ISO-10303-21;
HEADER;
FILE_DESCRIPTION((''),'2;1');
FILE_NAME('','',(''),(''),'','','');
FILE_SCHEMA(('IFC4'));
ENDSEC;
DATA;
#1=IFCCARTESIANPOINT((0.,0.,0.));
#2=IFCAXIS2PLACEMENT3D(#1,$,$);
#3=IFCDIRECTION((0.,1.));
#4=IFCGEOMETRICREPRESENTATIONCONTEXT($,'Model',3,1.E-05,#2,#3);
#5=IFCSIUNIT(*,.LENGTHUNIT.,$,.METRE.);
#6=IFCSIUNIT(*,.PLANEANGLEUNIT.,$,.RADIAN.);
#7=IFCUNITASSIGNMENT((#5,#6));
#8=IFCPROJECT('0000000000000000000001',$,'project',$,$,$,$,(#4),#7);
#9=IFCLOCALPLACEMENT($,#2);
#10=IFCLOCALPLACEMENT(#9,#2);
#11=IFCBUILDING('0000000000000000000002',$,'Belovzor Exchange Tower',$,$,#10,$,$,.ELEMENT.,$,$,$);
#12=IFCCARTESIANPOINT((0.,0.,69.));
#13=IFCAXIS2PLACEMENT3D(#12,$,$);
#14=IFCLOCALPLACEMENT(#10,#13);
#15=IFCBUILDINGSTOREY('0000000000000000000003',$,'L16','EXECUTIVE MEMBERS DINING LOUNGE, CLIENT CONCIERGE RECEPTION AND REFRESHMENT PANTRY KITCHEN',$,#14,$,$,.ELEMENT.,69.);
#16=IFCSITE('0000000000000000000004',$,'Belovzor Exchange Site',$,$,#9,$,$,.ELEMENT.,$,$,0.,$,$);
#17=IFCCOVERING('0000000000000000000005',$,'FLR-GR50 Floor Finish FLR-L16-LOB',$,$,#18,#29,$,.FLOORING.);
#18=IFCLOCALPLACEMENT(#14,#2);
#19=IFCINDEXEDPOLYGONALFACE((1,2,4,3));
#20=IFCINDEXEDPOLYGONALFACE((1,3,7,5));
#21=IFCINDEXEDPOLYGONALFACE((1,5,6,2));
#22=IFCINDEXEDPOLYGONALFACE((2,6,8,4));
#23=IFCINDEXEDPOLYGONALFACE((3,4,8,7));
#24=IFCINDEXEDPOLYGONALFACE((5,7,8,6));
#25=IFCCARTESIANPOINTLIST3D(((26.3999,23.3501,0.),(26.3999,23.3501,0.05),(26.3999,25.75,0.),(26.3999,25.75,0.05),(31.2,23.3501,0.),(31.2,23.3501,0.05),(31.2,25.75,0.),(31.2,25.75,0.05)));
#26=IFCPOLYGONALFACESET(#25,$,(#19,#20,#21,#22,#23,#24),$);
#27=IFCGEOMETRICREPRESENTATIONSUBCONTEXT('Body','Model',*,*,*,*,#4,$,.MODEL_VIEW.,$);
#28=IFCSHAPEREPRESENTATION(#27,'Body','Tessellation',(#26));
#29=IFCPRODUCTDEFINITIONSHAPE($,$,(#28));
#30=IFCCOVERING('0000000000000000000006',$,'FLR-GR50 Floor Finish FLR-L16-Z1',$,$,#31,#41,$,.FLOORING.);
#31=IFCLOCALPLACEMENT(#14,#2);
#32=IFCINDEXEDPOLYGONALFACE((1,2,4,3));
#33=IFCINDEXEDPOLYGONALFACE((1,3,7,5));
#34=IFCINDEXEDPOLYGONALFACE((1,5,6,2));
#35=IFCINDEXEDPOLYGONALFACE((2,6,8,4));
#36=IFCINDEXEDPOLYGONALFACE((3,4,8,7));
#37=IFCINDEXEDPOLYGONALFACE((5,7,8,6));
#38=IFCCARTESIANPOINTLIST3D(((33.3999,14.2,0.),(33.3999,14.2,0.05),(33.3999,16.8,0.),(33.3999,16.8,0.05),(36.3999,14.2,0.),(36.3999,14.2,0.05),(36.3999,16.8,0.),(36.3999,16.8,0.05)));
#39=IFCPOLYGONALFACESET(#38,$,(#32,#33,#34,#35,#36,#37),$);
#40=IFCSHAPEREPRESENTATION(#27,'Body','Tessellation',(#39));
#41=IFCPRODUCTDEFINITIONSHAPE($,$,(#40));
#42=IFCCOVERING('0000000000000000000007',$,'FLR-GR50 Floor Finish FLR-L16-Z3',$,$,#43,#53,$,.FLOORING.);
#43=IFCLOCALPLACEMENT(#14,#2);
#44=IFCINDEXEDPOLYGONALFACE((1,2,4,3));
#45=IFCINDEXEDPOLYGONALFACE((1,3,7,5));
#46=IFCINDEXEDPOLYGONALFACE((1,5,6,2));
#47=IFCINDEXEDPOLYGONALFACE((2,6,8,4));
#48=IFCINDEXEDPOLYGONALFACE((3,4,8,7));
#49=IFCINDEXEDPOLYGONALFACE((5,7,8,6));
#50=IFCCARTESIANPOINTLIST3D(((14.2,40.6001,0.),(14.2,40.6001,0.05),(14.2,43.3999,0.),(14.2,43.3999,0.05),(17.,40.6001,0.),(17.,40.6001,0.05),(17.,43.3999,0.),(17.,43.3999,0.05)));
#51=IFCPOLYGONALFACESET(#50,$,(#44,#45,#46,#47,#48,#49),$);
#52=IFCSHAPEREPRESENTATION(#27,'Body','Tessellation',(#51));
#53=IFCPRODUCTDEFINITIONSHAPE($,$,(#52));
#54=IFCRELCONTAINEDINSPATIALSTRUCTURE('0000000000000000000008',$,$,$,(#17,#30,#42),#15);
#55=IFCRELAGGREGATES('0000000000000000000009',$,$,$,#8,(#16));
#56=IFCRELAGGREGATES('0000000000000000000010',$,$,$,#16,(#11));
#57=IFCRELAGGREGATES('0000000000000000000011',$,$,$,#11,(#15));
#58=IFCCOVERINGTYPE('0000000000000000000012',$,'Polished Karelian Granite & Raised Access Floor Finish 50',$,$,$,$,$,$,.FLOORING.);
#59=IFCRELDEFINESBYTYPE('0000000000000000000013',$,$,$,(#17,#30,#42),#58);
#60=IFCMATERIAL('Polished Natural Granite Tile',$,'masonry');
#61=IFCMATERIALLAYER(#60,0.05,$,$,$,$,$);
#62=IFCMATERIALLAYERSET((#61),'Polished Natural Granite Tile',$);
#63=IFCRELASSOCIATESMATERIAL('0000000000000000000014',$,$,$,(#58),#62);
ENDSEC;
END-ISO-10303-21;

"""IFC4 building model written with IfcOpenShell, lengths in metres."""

from ifc_helpers import new_model, si_unit, direction, frame, origin, place, context, subcontext, project, spatial, polyline, outline, extrude, material, layer, layer_set, type_object, element, save


model = new_model("IFC4")

# Units and contexts
model_context = context("Model", 3, precision=1e-05, world=origin(), true_north=direction((0.0, 1.0)))
body_context = subcontext(model_context, "Body", "Model", "MODEL_VIEW")
ifc_project = project(units=[si_unit("LENGTHUNIT", "METRE"), si_unit("PLANEANGLEUNIT", "RADIAN")], contexts=[model_context])

# Site, building, storey
site_placement = place(None, origin())
site = spatial("IfcSite", under=ifc_project, at=site_placement, Name="Belovzor Exchange Site", CompositionType="ELEMENT", RefElevation=0.0)
building_placement = place(site_placement, origin())
building = spatial("IfcBuilding", under=site, at=building_placement, Name="Belovzor Exchange Tower", CompositionType="ELEMENT")
storey_placement = place(building_placement, frame((0.0, 0.0, 69.0)))
storey = spatial("IfcBuildingStorey", under=building, at=storey_placement, Name="L16", Description="EXECUTIVE MEMBERS DINING LOUNGE, CLIENT CONCIERGE RECEPTION AND REFRESHMENT PANTRY KITCHEN", CompositionType="ELEMENT", Elevation=69.0)

# Coverings
ifc_material_1 = material(Name="Polished Natural Granite Tile", Category="masonry")
ifc_layer_1 = layer(ifc_material_1, 0.05)
ifc_layer_set_1 = layer_set([ifc_layer_1], Name="Polished Natural Granite Tile")
covering_type_1 = type_object("IfcCoveringType", Name="Polished Karelian Granite & Raised Access Floor Finish 50", PredefinedType="FLOORING", material=ifc_layer_set_1)
covering_1_placement = place(storey_placement, origin())
element("IfcCovering", 1, at=covering_1_placement, inside=storey, type_object=covering_type_1, Name="FLR-GR50 Floor Finish FLR-L16-LOB", PredefinedType="FLOORING", context=body_context, shape_type="SweptSolid", body=[
    extrude(outline(polyline([(26.3999, 23.3501), (31.2, 23.3501), (31.2, 25.75), (26.3999, 25.75), (26.3999, 23.3501)])), origin(), (0.0, 0.0, 1.0), 0.05),
])
covering_2_placement = place(storey_placement, origin())
element("IfcCovering", 2, at=covering_2_placement, inside=storey, type_object=covering_type_1, Name="FLR-GR50 Floor Finish FLR-L16-Z1", PredefinedType="FLOORING", context=body_context, shape_type="SweptSolid", body=[
    extrude(outline(polyline([(33.3999, 14.2), (36.3999, 14.2), (36.3999, 16.8), (33.3999, 16.8), (33.3999, 14.2)])), origin(), (0.0, 0.0, 1.0), 0.05),
])
covering_3_placement = place(storey_placement, origin())
element("IfcCovering", 3, at=covering_3_placement, inside=storey, type_object=covering_type_1, Name="FLR-GR50 Floor Finish FLR-L16-Z3", PredefinedType="FLOORING", context=body_context, shape_type="SweptSolid", body=[
    extrude(outline(polyline([(14.2, 40.6001), (17.0, 40.6001), (17.0, 43.3999), (14.2, 43.3999), (14.2, 40.6001)])), origin(), (0.0, 0.0, 1.0), 0.05),
])

save(model, "model.ifc")
